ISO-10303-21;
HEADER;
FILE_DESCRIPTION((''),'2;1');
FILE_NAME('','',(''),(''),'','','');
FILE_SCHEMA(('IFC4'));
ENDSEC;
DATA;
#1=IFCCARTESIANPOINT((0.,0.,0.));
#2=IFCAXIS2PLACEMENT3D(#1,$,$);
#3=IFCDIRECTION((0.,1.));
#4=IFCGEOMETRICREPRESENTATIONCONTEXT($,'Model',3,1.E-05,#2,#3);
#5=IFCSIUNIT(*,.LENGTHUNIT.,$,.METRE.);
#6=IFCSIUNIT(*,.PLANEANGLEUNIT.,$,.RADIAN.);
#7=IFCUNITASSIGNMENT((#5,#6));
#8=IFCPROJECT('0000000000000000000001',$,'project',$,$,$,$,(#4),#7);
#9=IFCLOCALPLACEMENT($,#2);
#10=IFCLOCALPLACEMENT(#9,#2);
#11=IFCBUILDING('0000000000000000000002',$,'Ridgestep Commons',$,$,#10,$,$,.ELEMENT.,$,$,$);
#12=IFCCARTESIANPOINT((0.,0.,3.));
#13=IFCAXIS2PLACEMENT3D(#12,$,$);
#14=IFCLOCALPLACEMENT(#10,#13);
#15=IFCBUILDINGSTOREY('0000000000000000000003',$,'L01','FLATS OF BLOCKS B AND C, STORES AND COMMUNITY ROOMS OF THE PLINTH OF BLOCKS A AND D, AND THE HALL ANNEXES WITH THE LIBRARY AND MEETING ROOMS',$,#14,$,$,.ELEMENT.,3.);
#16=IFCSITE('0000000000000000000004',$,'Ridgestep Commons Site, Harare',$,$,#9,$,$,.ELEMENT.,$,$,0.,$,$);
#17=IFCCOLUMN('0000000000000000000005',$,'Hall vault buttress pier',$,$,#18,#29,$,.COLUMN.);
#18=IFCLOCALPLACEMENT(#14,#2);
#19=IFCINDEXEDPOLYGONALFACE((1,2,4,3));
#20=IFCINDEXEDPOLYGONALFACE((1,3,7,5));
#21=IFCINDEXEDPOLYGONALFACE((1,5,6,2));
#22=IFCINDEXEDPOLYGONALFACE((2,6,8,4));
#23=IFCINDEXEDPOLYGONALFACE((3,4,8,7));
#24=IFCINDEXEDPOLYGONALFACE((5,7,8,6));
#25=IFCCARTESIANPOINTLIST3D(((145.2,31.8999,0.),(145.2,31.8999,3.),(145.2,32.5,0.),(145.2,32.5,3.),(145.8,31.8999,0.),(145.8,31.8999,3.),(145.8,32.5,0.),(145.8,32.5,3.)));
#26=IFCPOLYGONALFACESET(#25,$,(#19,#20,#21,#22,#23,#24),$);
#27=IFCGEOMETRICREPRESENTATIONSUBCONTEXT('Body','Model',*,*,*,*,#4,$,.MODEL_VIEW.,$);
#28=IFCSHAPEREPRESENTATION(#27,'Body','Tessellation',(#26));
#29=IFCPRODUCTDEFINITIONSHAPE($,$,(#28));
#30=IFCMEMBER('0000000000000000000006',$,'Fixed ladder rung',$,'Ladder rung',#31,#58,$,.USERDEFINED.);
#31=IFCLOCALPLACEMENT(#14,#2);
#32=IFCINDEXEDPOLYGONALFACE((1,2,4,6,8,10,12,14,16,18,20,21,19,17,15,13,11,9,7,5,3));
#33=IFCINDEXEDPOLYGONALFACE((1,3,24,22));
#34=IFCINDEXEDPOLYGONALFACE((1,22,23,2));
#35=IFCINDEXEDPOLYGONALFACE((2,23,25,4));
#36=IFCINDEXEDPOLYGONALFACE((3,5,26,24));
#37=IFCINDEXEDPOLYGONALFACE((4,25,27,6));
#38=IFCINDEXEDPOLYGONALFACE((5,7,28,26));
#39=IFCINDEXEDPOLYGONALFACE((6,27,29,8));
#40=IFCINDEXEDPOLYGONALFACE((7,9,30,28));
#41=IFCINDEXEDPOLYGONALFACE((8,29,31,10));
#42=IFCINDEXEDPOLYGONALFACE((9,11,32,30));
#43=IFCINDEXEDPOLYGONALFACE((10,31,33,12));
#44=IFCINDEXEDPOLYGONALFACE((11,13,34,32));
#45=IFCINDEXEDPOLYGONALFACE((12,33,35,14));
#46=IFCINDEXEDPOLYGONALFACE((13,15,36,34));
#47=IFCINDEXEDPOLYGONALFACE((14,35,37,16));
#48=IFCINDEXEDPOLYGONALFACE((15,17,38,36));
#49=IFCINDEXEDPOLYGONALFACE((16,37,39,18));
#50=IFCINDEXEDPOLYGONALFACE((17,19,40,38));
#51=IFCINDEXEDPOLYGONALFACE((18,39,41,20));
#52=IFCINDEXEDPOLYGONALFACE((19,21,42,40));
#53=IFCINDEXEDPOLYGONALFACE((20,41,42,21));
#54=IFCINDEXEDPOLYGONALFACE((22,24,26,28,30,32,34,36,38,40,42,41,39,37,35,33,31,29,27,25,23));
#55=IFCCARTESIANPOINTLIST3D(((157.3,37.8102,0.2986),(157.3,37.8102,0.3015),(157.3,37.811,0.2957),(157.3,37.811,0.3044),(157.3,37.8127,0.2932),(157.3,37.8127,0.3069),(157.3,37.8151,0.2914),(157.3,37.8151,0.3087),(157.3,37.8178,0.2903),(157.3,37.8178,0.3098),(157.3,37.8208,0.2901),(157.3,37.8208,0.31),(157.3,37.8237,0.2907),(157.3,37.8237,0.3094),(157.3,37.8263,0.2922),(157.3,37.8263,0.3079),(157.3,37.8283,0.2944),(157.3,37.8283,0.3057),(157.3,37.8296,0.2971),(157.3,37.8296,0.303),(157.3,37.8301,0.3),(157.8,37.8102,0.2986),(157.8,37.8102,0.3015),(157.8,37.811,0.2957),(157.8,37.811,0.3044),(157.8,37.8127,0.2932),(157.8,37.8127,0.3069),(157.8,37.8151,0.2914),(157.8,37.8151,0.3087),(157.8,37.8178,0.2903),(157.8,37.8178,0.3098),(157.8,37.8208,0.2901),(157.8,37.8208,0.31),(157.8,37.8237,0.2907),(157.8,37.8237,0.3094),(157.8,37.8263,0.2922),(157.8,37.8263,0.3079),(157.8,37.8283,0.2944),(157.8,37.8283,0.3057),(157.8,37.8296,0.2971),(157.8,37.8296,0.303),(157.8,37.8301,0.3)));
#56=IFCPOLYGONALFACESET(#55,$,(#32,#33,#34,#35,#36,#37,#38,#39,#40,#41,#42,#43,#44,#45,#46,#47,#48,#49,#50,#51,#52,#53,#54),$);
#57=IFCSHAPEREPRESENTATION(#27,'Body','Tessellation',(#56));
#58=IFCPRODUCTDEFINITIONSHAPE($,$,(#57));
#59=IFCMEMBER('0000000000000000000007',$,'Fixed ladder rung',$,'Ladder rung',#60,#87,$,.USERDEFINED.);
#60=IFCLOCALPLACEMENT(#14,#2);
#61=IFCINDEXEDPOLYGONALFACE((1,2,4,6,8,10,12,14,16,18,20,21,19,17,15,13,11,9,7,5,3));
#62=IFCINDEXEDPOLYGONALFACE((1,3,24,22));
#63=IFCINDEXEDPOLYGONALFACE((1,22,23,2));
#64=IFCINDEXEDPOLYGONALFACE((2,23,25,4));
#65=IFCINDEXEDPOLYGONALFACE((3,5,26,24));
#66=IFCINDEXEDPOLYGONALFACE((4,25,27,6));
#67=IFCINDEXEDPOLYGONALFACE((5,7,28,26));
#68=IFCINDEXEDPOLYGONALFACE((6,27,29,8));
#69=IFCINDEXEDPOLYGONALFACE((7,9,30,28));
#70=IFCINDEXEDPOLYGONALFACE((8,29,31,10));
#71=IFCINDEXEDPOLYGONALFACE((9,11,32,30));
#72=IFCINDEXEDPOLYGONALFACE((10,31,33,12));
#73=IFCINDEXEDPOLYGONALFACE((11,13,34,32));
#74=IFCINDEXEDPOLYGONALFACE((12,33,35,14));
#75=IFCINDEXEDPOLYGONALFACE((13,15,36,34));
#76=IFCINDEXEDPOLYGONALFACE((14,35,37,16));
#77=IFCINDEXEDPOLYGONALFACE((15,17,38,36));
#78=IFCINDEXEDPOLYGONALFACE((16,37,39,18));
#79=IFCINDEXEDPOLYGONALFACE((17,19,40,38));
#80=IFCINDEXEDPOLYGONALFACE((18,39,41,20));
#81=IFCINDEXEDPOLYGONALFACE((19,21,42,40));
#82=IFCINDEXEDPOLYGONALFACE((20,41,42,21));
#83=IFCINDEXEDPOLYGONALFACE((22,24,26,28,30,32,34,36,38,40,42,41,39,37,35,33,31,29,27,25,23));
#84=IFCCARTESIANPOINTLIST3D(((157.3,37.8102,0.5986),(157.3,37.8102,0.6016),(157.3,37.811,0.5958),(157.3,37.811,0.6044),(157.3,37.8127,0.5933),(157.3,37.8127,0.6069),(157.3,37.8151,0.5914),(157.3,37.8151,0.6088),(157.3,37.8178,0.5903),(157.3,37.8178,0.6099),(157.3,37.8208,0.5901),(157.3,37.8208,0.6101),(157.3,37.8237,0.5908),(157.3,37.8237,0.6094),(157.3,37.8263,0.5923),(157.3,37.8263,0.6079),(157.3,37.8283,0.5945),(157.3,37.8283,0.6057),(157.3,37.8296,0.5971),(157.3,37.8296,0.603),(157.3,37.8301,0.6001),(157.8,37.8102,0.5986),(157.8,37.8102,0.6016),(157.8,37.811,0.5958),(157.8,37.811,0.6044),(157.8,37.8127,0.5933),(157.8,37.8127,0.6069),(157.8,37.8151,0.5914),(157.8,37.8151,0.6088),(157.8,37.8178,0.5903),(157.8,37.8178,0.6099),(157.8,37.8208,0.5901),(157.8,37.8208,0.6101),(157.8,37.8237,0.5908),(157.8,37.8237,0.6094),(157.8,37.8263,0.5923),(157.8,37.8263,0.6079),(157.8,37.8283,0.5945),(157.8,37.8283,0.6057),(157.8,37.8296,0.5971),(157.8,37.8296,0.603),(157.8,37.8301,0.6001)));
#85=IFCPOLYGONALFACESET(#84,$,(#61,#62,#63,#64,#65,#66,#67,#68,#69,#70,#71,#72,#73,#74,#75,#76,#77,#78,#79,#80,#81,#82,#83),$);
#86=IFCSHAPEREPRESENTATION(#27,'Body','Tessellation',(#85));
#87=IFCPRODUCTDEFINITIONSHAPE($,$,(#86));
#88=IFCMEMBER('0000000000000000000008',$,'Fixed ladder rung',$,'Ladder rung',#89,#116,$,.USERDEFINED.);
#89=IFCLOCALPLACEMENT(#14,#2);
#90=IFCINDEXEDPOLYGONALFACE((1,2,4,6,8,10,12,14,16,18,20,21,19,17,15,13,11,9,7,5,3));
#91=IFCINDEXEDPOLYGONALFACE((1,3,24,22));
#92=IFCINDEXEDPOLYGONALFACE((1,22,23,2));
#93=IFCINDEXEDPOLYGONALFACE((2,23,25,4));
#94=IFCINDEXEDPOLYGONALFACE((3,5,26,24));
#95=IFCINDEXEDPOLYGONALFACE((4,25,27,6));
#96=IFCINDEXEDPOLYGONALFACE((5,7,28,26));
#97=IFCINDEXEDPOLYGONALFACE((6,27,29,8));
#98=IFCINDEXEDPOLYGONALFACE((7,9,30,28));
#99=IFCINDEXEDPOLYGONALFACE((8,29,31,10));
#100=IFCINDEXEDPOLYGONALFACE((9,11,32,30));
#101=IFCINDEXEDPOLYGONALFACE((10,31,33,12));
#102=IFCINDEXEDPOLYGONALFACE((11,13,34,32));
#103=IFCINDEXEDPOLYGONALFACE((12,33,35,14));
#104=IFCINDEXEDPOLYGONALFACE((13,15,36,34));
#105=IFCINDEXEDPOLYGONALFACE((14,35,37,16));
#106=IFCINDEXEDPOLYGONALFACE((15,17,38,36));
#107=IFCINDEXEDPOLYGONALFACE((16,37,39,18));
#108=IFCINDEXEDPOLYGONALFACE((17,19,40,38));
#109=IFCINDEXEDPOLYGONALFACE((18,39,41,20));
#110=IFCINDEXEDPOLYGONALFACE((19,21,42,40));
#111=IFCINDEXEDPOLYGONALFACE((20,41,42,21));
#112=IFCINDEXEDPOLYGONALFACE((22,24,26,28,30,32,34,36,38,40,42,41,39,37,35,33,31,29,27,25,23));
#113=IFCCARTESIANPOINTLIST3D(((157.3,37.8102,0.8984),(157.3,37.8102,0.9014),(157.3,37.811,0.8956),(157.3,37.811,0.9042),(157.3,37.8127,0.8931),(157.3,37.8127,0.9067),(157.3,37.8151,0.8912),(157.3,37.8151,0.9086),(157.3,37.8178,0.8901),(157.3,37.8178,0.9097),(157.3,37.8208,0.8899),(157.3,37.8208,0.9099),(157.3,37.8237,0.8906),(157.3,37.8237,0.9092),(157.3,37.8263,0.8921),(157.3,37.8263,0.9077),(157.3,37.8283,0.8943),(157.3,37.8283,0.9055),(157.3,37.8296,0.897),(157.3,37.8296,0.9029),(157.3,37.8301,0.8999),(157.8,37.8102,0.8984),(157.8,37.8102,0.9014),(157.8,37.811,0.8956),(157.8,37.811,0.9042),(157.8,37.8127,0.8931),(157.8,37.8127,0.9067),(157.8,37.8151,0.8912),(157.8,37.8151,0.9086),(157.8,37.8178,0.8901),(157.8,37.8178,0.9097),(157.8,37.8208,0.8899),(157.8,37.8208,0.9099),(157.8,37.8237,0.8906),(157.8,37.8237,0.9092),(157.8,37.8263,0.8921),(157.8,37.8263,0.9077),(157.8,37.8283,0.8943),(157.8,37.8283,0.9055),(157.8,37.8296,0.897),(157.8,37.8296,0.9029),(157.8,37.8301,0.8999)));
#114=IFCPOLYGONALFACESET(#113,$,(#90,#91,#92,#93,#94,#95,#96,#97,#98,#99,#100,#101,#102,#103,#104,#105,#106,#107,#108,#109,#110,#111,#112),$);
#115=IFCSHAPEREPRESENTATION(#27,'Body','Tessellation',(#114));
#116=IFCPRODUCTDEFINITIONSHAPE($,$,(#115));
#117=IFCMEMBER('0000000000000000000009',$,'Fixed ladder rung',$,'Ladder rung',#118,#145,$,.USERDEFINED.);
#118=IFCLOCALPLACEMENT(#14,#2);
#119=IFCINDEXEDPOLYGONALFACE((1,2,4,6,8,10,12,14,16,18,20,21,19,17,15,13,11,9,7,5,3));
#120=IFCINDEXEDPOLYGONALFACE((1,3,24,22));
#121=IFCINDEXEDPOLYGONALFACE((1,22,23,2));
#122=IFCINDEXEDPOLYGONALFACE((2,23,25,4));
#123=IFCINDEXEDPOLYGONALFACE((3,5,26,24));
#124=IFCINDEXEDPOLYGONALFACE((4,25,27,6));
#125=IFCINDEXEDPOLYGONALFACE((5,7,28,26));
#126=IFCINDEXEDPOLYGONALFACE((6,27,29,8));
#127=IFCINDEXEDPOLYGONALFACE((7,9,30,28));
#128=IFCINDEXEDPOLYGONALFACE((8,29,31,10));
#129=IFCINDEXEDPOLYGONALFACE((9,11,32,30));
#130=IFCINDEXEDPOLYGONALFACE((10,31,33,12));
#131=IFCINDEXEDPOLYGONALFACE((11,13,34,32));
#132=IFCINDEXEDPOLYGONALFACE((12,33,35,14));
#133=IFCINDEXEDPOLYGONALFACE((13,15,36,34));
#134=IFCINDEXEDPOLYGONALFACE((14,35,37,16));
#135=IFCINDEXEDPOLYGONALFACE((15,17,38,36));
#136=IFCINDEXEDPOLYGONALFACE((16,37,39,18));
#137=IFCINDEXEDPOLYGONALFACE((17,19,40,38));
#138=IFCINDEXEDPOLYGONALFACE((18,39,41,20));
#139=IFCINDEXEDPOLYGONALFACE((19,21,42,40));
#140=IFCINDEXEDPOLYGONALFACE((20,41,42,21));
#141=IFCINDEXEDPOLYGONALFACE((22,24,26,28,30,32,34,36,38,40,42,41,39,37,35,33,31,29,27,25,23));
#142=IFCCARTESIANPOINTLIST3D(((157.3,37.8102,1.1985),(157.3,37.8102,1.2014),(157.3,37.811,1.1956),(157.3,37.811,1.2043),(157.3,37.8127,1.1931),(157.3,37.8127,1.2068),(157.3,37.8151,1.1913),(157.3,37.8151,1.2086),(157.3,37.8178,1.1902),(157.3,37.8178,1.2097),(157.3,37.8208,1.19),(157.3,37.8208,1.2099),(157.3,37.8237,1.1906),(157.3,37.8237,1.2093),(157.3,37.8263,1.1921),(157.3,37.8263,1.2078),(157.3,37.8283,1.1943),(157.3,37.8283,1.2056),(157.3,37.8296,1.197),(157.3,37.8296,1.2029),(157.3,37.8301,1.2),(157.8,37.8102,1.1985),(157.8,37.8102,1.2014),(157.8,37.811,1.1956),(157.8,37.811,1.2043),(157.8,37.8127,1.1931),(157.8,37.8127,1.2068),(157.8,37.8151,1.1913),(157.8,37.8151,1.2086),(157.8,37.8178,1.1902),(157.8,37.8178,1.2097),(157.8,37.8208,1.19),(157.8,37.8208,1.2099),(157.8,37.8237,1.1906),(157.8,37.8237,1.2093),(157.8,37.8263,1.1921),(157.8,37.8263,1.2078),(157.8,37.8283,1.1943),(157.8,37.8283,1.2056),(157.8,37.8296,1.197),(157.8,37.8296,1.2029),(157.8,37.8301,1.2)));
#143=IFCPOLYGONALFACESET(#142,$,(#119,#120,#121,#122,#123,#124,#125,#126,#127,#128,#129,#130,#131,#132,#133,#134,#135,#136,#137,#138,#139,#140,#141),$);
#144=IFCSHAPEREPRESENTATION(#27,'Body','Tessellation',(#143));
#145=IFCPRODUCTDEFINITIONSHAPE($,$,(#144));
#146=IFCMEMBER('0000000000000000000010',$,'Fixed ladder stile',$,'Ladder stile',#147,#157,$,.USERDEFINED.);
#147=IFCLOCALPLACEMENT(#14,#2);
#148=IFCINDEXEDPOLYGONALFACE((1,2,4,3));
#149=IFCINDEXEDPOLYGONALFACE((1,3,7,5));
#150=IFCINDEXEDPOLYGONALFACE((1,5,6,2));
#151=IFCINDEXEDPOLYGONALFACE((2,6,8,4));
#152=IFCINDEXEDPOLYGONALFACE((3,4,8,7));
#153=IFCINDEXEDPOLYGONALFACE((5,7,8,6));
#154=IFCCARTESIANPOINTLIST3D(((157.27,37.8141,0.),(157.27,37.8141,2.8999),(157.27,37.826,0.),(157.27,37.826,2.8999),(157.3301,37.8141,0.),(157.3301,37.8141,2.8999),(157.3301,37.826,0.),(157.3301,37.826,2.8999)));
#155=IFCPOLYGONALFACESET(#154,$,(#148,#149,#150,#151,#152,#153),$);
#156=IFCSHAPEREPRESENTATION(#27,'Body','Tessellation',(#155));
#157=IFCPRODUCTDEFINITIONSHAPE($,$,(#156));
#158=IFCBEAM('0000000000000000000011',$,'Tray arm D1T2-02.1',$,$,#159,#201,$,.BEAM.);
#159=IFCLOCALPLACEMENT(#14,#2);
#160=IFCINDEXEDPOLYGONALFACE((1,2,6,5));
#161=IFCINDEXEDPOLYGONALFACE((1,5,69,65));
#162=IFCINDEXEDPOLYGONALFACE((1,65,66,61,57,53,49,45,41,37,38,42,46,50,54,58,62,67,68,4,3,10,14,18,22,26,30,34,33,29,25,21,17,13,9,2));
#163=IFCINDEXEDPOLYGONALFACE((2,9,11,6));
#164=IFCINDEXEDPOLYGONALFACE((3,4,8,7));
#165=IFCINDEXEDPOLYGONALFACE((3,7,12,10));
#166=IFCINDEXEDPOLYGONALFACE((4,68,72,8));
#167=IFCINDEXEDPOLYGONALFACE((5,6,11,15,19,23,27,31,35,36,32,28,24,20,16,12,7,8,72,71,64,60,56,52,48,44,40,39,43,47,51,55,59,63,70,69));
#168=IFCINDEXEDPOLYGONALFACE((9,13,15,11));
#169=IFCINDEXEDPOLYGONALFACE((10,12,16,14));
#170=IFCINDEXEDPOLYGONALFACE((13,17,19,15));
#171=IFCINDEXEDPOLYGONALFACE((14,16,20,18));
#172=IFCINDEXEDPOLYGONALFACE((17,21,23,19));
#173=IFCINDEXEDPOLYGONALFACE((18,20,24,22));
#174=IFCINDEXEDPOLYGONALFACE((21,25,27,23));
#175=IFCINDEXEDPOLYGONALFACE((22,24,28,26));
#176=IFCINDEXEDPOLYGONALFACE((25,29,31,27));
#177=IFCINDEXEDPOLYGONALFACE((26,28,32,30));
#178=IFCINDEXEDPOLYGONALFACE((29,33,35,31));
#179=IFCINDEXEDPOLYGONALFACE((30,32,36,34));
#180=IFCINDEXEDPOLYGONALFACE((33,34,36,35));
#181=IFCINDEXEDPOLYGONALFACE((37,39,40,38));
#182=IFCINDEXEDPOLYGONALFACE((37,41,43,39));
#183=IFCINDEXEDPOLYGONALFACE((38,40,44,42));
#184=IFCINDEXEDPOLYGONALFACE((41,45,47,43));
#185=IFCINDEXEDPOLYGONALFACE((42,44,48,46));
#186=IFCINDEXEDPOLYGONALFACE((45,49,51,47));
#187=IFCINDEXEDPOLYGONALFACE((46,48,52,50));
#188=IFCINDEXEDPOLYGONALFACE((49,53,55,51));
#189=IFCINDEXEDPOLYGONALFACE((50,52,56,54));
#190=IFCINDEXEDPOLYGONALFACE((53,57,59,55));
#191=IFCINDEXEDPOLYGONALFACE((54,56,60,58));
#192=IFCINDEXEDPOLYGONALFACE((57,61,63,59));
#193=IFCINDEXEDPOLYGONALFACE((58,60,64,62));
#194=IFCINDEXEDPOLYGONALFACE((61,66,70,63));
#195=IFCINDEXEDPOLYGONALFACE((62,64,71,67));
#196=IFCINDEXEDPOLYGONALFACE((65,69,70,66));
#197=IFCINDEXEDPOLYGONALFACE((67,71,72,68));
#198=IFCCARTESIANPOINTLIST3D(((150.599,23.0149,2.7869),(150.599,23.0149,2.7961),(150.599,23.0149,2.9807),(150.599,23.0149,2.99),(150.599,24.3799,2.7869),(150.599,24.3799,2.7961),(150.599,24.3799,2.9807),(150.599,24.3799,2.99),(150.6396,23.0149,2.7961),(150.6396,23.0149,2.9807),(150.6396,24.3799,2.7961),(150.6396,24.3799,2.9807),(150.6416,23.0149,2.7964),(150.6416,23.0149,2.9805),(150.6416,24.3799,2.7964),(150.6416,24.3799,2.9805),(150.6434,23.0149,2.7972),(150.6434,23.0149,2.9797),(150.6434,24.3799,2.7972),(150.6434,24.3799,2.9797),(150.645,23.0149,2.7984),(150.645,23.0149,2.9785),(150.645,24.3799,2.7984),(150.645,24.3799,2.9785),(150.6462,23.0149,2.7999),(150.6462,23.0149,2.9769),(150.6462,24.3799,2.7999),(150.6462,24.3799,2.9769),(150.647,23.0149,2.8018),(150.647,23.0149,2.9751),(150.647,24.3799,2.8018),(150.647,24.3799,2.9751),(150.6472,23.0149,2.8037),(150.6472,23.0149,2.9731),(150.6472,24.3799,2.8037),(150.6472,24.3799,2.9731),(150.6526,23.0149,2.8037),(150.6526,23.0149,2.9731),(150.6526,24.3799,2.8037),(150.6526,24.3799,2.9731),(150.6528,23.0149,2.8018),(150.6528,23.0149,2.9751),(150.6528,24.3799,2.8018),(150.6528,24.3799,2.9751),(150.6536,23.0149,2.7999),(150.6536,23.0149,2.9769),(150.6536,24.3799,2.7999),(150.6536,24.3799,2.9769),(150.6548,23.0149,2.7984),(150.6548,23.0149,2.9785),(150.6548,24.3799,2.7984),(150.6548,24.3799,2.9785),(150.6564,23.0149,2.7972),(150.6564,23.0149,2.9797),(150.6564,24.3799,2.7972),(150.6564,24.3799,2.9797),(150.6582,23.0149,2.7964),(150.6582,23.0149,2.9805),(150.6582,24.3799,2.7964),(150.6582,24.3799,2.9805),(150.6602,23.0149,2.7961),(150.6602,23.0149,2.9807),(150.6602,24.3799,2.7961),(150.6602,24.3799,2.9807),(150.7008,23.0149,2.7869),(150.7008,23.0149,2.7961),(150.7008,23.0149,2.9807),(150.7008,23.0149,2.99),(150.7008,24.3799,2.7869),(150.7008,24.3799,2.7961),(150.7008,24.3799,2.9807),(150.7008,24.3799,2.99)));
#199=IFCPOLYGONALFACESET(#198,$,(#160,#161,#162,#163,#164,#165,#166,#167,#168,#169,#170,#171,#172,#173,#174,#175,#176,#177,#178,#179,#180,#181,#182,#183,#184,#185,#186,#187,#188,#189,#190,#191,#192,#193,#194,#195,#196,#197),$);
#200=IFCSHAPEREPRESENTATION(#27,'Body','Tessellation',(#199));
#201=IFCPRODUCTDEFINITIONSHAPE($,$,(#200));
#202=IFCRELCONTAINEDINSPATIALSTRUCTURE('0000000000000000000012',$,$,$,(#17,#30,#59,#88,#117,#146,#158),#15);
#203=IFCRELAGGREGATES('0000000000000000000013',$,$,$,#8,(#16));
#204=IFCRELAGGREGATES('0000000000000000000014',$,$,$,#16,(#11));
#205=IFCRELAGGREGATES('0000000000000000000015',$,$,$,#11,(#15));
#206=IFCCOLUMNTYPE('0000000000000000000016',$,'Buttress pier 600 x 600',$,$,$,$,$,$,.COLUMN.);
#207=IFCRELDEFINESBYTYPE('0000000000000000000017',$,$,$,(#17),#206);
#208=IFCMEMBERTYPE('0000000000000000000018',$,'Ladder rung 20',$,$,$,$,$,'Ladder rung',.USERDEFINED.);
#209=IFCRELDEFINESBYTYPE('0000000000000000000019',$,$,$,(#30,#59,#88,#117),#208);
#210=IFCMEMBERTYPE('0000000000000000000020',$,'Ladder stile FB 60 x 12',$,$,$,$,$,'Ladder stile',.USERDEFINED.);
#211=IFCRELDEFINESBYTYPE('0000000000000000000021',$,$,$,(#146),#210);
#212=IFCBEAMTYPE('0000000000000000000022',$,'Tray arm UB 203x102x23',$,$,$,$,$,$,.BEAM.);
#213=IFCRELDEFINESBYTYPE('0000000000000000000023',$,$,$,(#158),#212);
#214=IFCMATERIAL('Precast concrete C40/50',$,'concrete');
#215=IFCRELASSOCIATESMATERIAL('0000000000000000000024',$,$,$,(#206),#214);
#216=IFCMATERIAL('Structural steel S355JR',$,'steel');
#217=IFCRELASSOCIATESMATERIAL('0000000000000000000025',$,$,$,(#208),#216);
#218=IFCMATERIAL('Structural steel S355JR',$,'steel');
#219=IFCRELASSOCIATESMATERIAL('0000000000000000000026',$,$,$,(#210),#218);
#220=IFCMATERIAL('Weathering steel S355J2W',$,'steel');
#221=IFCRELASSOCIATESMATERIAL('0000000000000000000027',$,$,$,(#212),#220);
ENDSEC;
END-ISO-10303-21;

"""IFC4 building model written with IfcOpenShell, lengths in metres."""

from ifc_helpers import new_model, si_unit, direction, frame, origin, origin_2d, place, context, subcontext, project, spatial, rectangle, circle, i_section, extrude, material, material_profile, profile_set, type_object, element, save


model = new_model("IFC4")

# Units and contexts
model_context = context("Model", 3, precision=1e-05, world=origin(), true_north=direction((0.0, 1.0)))
body_context = subcontext(model_context, "Body", "Model", "MODEL_VIEW")
ifc_project = project(units=[si_unit("LENGTHUNIT", "METRE"), si_unit("PLANEANGLEUNIT", "RADIAN")], contexts=[model_context])

# Site, building, storey
site_placement = place(None, origin())
site = spatial("IfcSite", under=ifc_project, at=site_placement, Name="Ridgestep Commons Site, Harare", CompositionType="ELEMENT", RefElevation=0.0)
building_placement = place(site_placement, origin())
building = spatial("IfcBuilding", under=site, at=building_placement, Name="Ridgestep Commons", CompositionType="ELEMENT")
storey_placement = place(building_placement, frame((0.0, 0.0, 3.0)))
storey = spatial("IfcBuildingStorey", under=building, at=storey_placement, Name="L01", Description="FLATS OF BLOCKS B AND C, STORES AND COMMUNITY ROOMS OF THE PLINTH OF BLOCKS A AND D, AND THE HALL ANNEXES WITH THE LIBRARY AND MEETING ROOMS", CompositionType="ELEMENT", Elevation=3.0)

# Column
ifc_material_1 = material(Name="Precast concrete C40/50", Category="concrete")
ifc_material_profile_1 = material_profile(ifc_material_1, rectangle(XDim=0.6001, YDim=0.6001, at=origin_2d()), Name="Buttress pier 600 x 600")
ifc_profile_set_1 = profile_set([ifc_material_profile_1], Name="Precast concrete C40/50")
column_type = type_object("IfcColumnType", Name="Buttress pier 600 x 600", PredefinedType="COLUMN", material=ifc_profile_set_1)
column_placement = place(storey_placement, frame((145.5, 32.2, 0.0), z_axis=(0.0, 0.0, 1.0), x_axis=(1.0, 0.0, 0.0)))
element("IfcColumn", 1, at=column_placement, inside=storey, type_object=column_type, Name="Hall vault buttress pier", PredefinedType="COLUMN", context=body_context, shape_type="SweptSolid", body=[
    extrude(rectangle(XDim=0.6001, YDim=0.6001, at=origin_2d()), origin(), (0.0, 0.0, 1.0), 3.0),
])

# Members
ifc_material_2 = material(Name="Structural steel S355JR", Category="steel")
ifc_material_profile_2 = material_profile(ifc_material_2, circle(Radius=0.01, at=origin_2d()), Name="Ladder rung 20")
ifc_profile_set_2 = profile_set([ifc_material_profile_2], Name="Structural steel S355JR")
member_type_1 = type_object("IfcMemberType", Name="Ladder rung 20", ElementType="Ladder rung", PredefinedType="USERDEFINED", material=ifc_profile_set_2)
for number, where, z_axis, x_axis, name in (
    (2, (157.3, 37.8201, 0.3), (1.0, 0.0, 0.0), (0.0, 1.0, 0.0), "Fixed ladder rung"),
    (3, (157.3, 37.8201, 0.6001), (1.0, 0.0, 0.0), (0.0, 1.0, 0.0), "Fixed ladder rung"),
    (4, (157.3, 37.8201, 0.8999), (1.0, 0.0, 0.0), (0.0, 1.0, 0.0), "Fixed ladder rung"),
    (5, (157.3, 37.8201, 1.2), (1.0, 0.0, 0.0), (0.0, 1.0, 0.0), "Fixed ladder rung"),
):
    element("IfcMember", number, at=place(storey_placement, frame(where, z_axis=z_axis, x_axis=x_axis)), inside=storey, type_object=member_type_1, Name=name, ObjectType="Ladder rung", PredefinedType="USERDEFINED", context=body_context, shape_type="SweptSolid", body=[
        extrude(circle(Radius=0.01, at=origin_2d()), origin(), (0.0, 0.0, 1.0), 0.5),
    ])
ifc_material_3 = material(Name="Structural steel S355JR", Category="steel")
ifc_material_profile_3 = material_profile(ifc_material_3, rectangle(XDim=0.0601, YDim=0.012, at=origin_2d()), Name="Ladder stile FB 60 x 12")
ifc_profile_set_3 = profile_set([ifc_material_profile_3], Name="Structural steel S355JR")
member_type_2 = type_object("IfcMemberType", Name="Ladder stile FB 60 x 12", ElementType="Ladder stile", PredefinedType="USERDEFINED", material=ifc_profile_set_3)
member_placement = place(storey_placement, frame((157.3, 37.8201, 0.0), z_axis=(0.0, 0.0, 1.0), x_axis=(1.0, 0.0, 0.0)))
element("IfcMember", 6, at=member_placement, inside=storey, type_object=member_type_2, Name="Fixed ladder stile", ObjectType="Ladder stile", PredefinedType="USERDEFINED", context=body_context, shape_type="SweptSolid", body=[
    extrude(rectangle(XDim=0.0601, YDim=0.012, at=origin_2d()), origin(), (0.0, 0.0, 1.0), 2.8999),
])

# Beam
ifc_material_4 = material(Name="Weathering steel S355J2W", Category="steel")
ifc_material_profile_4 = material_profile(ifc_material_4, i_section(OverallWidth=0.1018, OverallDepth=0.2031, WebThickness=0.0054, FlangeThickness=0.0093, FilletRadius=0.0076, at=origin_2d()), Name="UB 203x102x23")
ifc_profile_set_4 = profile_set([ifc_material_profile_4], Name="Weathering steel S355J2W")
beam_type_1 = type_object("IfcBeamType", Name="Tray arm UB 203x102x23", PredefinedType="BEAM", material=ifc_profile_set_4)
for number, where, z_axis, x_axis, name in (
    (7, (150.6499, 23.0149, 2.8884), (0.0, 1.0, 0.0), (-1.0, 0.0, 0.0), "Tray arm D1T2-02.1"),
):
    element("IfcBeam", number, at=place(storey_placement, frame(where, z_axis=z_axis, x_axis=x_axis)), inside=storey, type_object=beam_type_1, Name=name, PredefinedType="BEAM", context=body_context, shape_type="SweptSolid", body=[
        extrude(i_section(OverallWidth=0.1018, OverallDepth=0.2031, WebThickness=0.0054, FlangeThickness=0.0093, FilletRadius=0.0076, at=origin_2d()), origin(), (0.0, 0.0, 1.0), 1.365),
    ])

save(model, "model.ifc")
